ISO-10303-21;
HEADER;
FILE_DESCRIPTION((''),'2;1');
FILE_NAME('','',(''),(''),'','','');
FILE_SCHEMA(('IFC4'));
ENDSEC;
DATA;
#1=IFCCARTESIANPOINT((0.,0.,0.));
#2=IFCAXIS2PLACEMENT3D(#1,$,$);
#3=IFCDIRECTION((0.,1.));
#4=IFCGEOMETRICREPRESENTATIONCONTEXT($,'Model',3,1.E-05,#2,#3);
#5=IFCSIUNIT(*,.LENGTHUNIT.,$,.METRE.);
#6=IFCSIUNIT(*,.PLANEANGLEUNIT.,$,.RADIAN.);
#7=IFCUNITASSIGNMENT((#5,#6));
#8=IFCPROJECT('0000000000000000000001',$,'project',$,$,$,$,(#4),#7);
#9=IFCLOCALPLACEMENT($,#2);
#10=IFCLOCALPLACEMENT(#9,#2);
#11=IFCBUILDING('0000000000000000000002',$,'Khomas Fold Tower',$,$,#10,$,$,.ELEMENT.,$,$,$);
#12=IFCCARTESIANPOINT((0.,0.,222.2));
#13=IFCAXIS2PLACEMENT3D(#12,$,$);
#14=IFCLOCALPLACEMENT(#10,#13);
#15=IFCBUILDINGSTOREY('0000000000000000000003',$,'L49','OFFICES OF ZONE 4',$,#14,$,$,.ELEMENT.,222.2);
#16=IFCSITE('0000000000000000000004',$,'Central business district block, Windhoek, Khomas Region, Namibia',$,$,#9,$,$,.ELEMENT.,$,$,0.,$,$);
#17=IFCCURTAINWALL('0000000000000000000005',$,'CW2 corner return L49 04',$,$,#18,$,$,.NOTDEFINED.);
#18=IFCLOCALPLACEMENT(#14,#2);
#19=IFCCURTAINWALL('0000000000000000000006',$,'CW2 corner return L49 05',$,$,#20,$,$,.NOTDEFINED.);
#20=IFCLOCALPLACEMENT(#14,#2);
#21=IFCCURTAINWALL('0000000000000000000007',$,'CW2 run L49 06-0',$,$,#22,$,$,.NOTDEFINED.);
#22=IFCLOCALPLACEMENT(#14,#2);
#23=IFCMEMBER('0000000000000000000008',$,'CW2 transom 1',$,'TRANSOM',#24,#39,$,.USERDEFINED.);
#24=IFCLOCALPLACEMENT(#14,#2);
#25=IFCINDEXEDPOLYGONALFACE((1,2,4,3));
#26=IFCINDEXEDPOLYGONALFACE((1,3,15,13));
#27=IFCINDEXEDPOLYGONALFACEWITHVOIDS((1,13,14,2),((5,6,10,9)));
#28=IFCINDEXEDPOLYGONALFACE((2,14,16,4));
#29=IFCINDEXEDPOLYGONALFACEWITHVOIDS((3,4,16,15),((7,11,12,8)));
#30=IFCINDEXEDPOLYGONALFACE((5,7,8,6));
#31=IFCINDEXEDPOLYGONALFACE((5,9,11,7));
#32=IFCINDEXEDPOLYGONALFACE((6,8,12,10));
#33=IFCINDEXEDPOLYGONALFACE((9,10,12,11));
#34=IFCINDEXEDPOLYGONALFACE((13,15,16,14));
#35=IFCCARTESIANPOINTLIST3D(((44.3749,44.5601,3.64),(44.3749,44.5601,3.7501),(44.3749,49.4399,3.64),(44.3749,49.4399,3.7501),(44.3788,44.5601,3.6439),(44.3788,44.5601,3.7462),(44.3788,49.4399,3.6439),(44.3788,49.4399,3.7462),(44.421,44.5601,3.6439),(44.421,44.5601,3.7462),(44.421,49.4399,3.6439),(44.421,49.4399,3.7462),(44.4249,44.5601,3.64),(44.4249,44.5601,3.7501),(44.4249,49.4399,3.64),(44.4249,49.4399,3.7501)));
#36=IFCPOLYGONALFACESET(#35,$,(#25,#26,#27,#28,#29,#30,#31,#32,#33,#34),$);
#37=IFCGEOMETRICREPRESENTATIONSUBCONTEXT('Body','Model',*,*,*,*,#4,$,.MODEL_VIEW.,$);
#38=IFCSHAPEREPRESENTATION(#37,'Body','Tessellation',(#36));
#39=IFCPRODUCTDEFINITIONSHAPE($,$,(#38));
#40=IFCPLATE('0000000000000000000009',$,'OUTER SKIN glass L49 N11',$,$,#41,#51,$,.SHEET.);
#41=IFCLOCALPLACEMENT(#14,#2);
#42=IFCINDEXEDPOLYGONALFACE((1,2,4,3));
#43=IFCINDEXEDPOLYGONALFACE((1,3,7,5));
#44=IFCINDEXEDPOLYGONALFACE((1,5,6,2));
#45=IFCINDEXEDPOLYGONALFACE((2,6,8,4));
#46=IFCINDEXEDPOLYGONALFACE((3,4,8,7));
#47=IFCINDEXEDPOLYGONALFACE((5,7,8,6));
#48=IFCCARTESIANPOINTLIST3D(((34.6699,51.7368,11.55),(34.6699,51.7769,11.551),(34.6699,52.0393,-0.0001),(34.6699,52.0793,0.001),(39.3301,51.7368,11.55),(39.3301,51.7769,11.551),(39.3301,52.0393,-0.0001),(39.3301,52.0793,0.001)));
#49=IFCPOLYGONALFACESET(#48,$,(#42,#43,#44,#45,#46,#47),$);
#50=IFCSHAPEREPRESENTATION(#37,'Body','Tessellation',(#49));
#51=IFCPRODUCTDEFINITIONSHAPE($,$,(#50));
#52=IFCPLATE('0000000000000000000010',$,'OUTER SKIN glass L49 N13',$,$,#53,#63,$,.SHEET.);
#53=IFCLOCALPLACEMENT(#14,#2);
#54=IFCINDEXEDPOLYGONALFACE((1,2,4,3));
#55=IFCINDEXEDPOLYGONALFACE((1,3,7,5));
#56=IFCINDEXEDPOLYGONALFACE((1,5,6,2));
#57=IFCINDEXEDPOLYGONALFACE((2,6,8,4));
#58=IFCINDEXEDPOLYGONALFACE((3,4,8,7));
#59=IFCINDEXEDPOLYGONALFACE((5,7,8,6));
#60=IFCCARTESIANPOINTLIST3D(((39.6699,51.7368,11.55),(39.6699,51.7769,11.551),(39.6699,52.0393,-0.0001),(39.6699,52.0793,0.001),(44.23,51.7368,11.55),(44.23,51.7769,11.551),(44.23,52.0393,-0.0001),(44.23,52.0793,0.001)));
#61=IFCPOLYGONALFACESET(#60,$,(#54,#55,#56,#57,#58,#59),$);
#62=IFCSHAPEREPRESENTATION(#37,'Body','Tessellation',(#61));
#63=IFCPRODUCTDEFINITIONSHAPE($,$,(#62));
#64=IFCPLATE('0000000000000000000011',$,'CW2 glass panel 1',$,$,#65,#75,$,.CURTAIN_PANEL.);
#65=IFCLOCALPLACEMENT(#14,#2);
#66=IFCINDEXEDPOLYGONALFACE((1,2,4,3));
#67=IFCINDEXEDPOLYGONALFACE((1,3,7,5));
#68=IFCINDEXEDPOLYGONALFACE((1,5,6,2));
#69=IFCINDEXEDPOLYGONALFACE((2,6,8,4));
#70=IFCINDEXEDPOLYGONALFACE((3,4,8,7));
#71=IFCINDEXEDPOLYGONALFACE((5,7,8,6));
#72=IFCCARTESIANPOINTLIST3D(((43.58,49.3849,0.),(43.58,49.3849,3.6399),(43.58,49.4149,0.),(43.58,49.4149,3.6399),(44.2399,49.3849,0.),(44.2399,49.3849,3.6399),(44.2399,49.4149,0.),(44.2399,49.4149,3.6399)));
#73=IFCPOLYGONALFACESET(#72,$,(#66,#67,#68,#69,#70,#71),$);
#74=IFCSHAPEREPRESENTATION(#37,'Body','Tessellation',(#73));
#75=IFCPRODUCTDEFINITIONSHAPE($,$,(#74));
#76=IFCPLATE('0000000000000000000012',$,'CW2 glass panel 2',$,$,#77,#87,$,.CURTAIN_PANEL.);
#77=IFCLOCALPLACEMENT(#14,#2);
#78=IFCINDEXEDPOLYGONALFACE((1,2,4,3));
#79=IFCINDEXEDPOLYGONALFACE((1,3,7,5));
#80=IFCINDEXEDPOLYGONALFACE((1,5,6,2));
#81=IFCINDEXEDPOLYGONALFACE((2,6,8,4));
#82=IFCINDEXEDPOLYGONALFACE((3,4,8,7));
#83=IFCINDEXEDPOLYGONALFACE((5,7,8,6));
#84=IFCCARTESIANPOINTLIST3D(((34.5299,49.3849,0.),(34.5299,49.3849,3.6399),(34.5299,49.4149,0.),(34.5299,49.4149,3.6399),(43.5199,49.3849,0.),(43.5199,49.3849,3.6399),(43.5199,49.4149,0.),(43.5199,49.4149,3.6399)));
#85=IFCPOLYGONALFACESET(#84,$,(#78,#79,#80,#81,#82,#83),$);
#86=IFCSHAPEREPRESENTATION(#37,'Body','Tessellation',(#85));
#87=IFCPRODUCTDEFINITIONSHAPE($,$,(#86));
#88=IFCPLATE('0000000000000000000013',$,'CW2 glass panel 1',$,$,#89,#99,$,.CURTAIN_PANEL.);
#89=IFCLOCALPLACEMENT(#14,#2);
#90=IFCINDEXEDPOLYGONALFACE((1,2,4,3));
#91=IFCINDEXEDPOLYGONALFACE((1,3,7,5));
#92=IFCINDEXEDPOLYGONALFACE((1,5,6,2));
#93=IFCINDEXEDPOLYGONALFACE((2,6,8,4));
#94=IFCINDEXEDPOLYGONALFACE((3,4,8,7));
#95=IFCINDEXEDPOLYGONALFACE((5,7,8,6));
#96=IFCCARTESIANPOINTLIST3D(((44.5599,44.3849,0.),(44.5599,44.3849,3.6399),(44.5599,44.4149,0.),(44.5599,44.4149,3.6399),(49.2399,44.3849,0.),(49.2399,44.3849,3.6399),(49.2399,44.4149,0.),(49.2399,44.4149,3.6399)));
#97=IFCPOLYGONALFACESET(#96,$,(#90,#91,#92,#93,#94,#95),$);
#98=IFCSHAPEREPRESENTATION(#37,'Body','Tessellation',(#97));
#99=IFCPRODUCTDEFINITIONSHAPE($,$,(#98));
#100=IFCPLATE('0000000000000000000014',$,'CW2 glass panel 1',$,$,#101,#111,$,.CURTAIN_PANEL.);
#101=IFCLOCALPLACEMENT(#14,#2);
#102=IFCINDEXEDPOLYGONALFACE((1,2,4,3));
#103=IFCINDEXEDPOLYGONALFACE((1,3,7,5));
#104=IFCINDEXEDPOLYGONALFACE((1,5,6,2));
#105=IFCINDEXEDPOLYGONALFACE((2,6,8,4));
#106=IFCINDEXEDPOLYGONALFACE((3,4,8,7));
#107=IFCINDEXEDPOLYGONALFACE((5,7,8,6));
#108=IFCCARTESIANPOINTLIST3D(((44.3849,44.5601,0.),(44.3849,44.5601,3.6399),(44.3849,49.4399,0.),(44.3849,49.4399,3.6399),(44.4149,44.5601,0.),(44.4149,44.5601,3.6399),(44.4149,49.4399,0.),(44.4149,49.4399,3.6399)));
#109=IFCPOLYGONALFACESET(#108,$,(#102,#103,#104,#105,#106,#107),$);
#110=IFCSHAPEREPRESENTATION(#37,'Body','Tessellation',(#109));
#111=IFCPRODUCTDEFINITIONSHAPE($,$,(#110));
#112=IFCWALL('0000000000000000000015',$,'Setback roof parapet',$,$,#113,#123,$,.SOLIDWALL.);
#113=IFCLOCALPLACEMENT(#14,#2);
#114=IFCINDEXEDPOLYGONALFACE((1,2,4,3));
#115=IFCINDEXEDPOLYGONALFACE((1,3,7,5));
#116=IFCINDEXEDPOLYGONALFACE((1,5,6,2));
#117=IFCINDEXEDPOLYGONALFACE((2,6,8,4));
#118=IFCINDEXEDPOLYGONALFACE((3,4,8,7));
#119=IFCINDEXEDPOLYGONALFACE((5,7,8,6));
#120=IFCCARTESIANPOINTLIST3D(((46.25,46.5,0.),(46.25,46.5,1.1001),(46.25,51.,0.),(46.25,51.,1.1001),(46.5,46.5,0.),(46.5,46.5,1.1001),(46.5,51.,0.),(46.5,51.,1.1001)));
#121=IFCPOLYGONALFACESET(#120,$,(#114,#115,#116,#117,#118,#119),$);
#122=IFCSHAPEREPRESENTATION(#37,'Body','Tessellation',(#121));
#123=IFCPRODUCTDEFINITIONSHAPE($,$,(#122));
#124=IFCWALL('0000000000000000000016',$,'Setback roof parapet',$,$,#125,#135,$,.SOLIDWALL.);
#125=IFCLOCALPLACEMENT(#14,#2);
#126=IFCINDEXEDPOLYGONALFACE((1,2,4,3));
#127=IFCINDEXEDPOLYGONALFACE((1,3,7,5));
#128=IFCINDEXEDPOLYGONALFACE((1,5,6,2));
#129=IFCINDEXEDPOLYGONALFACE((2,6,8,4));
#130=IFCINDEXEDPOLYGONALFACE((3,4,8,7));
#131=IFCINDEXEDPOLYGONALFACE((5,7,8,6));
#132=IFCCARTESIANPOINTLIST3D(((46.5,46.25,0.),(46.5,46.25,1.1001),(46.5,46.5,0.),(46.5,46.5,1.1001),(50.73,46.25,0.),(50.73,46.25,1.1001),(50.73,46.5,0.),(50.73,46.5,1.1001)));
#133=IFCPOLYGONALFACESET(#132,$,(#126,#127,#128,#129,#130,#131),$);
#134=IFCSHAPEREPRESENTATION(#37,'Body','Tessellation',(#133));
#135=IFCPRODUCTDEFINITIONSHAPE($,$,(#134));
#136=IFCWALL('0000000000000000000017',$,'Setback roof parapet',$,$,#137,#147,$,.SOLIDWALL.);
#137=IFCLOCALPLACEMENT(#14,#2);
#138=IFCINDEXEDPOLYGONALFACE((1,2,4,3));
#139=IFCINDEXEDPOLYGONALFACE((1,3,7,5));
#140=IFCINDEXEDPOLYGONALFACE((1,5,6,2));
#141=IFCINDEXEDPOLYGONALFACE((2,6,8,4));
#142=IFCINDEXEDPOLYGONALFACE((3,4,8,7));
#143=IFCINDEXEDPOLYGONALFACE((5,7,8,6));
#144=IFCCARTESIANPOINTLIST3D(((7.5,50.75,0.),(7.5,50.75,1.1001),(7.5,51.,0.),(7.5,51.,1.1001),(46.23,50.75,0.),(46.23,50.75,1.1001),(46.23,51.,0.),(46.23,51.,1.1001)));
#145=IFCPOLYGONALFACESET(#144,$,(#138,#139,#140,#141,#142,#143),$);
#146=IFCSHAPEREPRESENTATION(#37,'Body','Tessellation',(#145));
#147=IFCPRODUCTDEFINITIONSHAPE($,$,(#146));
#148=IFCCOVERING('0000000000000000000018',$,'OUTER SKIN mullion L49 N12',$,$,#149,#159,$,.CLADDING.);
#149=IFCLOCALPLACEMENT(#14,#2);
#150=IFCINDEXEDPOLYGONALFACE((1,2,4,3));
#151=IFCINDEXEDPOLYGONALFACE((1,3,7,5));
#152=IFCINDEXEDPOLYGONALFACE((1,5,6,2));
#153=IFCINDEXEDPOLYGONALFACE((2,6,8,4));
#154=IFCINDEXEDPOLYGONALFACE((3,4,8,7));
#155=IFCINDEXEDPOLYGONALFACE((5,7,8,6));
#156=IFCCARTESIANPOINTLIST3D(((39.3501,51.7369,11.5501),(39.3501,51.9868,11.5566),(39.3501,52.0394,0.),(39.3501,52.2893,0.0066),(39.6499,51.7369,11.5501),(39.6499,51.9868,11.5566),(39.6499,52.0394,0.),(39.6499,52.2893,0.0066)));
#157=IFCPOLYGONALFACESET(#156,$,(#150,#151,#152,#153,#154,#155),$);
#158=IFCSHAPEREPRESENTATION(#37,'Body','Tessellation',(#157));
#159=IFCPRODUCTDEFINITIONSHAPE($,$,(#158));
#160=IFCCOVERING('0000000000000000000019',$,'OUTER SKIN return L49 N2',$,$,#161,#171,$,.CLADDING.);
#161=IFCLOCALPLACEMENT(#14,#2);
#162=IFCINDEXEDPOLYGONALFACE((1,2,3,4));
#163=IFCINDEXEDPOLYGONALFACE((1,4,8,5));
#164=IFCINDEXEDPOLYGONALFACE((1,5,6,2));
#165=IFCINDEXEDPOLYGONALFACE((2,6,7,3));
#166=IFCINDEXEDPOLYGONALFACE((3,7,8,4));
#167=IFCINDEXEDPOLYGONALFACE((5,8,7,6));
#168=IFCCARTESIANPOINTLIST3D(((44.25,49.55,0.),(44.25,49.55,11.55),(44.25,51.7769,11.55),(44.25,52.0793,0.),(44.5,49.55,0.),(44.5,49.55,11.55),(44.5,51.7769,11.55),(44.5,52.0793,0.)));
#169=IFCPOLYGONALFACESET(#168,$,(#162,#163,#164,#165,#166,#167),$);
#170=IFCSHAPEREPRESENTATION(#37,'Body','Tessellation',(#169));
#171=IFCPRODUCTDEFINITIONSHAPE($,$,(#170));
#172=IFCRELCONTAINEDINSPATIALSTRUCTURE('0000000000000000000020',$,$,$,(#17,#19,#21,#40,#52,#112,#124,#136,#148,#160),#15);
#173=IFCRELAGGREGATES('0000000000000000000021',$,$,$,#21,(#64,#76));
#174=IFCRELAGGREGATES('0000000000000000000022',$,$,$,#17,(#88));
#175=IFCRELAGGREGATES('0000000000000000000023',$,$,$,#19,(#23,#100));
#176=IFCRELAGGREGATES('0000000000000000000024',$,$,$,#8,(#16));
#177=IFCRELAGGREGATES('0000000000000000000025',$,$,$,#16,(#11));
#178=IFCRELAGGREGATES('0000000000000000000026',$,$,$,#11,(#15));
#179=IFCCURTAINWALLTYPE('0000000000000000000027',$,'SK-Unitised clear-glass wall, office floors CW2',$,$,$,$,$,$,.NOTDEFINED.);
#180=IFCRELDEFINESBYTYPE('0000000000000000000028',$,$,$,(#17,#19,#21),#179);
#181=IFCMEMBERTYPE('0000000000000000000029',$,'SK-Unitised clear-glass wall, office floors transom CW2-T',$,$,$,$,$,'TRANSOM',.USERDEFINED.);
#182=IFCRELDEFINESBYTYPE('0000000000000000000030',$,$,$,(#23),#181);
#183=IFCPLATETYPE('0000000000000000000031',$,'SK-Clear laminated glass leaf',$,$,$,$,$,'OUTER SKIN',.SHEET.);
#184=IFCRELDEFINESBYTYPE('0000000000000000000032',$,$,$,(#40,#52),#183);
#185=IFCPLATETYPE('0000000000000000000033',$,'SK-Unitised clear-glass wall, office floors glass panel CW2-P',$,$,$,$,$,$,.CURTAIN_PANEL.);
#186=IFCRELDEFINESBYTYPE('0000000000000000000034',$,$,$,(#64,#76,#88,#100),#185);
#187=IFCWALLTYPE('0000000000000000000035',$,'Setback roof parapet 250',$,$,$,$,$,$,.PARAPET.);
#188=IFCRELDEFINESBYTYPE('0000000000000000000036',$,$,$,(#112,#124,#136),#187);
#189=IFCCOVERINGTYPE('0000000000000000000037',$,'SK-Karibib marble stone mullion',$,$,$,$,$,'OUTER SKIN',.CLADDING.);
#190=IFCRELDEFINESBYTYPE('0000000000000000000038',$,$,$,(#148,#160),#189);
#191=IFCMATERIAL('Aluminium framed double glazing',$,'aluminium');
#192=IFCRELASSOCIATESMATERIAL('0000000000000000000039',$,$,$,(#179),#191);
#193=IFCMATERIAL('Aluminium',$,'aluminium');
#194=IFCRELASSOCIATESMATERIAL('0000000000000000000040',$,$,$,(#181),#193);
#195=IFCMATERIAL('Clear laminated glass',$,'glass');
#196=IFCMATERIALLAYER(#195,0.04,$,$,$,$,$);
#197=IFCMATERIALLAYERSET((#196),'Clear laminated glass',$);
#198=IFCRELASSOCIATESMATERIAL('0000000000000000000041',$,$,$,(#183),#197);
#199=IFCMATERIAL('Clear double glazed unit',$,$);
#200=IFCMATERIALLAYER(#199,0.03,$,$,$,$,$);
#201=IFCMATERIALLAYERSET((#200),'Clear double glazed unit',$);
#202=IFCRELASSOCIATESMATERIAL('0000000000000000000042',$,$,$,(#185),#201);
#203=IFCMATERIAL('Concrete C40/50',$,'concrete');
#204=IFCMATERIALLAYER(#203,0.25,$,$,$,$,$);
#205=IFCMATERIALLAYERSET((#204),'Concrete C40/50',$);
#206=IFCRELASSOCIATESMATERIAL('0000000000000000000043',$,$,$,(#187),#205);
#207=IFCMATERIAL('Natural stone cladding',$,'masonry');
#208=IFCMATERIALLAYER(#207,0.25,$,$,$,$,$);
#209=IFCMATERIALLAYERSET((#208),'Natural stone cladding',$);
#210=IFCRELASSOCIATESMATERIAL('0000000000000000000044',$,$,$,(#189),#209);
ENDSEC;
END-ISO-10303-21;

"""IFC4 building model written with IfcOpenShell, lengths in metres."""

from ifc_helpers import new_model, si_unit, direction, frame, frame_2d, origin, origin_2d, place, context, subcontext, project, spatial, polyline, rectangle, hollow_rectangle, outline, extrude, source, transform, mapped, material, layer, layer_set, material_profile, profile_set, type_object, element, aggregate, save


model = new_model("IFC4")

# Units and contexts
model_context = context("Model", 3, precision=1e-05, world=origin(), true_north=direction((0.0, 1.0)))
body_context = subcontext(model_context, "Body", "Model", "MODEL_VIEW")
ifc_project = project(units=[si_unit("LENGTHUNIT", "METRE"), si_unit("PLANEANGLEUNIT", "RADIAN")], contexts=[model_context])

# Site, building, storey
site_placement = place(None, origin())
site = spatial("IfcSite", under=ifc_project, at=site_placement, Name="Central business district block, Windhoek, Khomas Region, Namibia", CompositionType="ELEMENT", RefElevation=0.0)
building_placement = place(site_placement, origin())
building = spatial("IfcBuilding", under=site, at=building_placement, Name="Khomas Fold Tower", CompositionType="ELEMENT")
storey_placement = place(building_placement, frame((0.0, 0.0, 222.2)))
storey = spatial("IfcBuildingStorey", under=building, at=storey_placement, Name="L49", Description="OFFICES OF ZONE 4", CompositionType="ELEMENT", Elevation=222.2)

# Shared definitions
ifc_material_1 = material(Name="Aluminium framed double glazing", Category="aluminium")
curtain_wall_type = type_object("IfcCurtainWallType", Name="SK-Unitised clear-glass wall, office floors CW2", PredefinedType="NOTDEFINED", material=ifc_material_1)

# Curtain walls
curtain_wall_1_placement = place(storey_placement, origin())
curtain_wall_1 = element("IfcCurtainWall", 1, at=curtain_wall_1_placement, inside=storey, type_object=curtain_wall_type, Name="CW2 corner return L49 04", PredefinedType="NOTDEFINED")
curtain_wall_2_placement = place(storey_placement, origin())
curtain_wall_2 = element("IfcCurtainWall", 2, at=curtain_wall_2_placement, inside=storey, type_object=curtain_wall_type, Name="CW2 corner return L49 05", PredefinedType="NOTDEFINED")
curtain_wall_3_placement = place(storey_placement, origin())
curtain_wall_3 = element("IfcCurtainWall", 3, at=curtain_wall_3_placement, inside=storey, type_object=curtain_wall_type, Name="CW2 run L49 06-0", PredefinedType="NOTDEFINED")
ifc_material_2 = material(Name="Aluminium", Category="aluminium")
ifc_material_profile_1 = material_profile(ifc_material_2, hollow_rectangle(XDim=0.05, YDim=0.1101, WallThickness=0.0039, at=origin_2d()), Name="SK-Unitised clear-glass wall, office floors transom CW2-T")
ifc_profile_set_1 = profile_set([ifc_material_profile_1], Name="Aluminium")
member_type_1 = type_object("IfcMemberType", Name="SK-Unitised clear-glass wall, office floors transom CW2-T", ElementType="TRANSOM", PredefinedType="USERDEFINED", material=ifc_profile_set_1)

# Member
shared_shape_1 = source(origin(), body_context, "Body", "SweptSolid", [
    extrude(hollow_rectangle(XDim=0.05, YDim=0.1101, WallThickness=0.0039, at=origin_2d()), origin(), (0.0, 0.0, 1.0), 4.8799),
])
member_1_placement = place(storey_placement, frame((44.3999, 44.5601, 3.6951), z_axis=(0.0, 1.0, 0.0), x_axis=(-1.0, 0.0, 0.0)))
member_1 = element("IfcMember", 4, at=member_1_placement, type_object=member_type_1, Name="CW2 transom 1", ObjectType="TRANSOM", PredefinedType="USERDEFINED", context=body_context, shape_type="MappedRepresentation", body=[
    mapped(shared_shape_1, transform((0.0, 0.0, 0.0))),
])

# Plates
ifc_material_3 = material(Name="Clear laminated glass", Category="glass")
ifc_layer_1 = layer(ifc_material_3, 0.04)
ifc_layer_set_1 = layer_set([ifc_layer_1], Name="Clear laminated glass")
plate_type_1 = type_object("IfcPlateType", Name="SK-Clear laminated glass leaf", ElementType="OUTER SKIN", PredefinedType="SHEET", material=ifc_layer_set_1)
plate_1_placement = place(storey_placement, frame((34.6699, 52.0793, 0.001), z_axis=(0.0, 0.999657, 0.026181), x_axis=(1.0, 0.0, 0.0)))
element("IfcPlate", 5, at=plate_1_placement, inside=storey, type_object=plate_type_1, Name="OUTER SKIN glass L49 N11", PredefinedType="SHEET", context=body_context, shape_type="SweptSolid", body=[
    extrude(outline(polyline([(0.0, 0.0), (4.6602, 0.0), (4.6602, -11.554), (0.0, -11.554), (0.0, 0.0)])), origin(), (0.0, 0.0, -1.0), 0.04),
])
plate_2_placement = place(storey_placement, frame((39.6699, 52.0793, 0.001), z_axis=(0.0, 0.999657, 0.026181), x_axis=(1.0, 0.0, 0.0)))
element("IfcPlate", 6, at=plate_2_placement, inside=storey, type_object=plate_type_1, Name="OUTER SKIN glass L49 N13", PredefinedType="SHEET", context=body_context, shape_type="SweptSolid", body=[
    extrude(outline(polyline([(0.0, 0.0), (4.5601, 0.0), (4.5601, -11.554), (0.0, -11.554), (0.0, 0.0)])), origin(), (0.0, 0.0, -1.0), 0.04),
])

# Plates
ifc_material_4 = material(Name="Clear double glazed unit")
ifc_layer_2 = layer(ifc_material_4, 0.03)
ifc_layer_set_2 = layer_set([ifc_layer_2], Name="Clear double glazed unit")
plate_type_2 = type_object("IfcPlateType", Name="SK-Unitised clear-glass wall, office floors glass panel CW2-P", PredefinedType="CURTAIN_PANEL", material=ifc_layer_set_2)
shared_shape_2 = source(origin(), body_context, "Body", "SweptSolid", [
    extrude(rectangle(XDim=0.6599, YDim=0.03, at=origin_2d()), origin(), (0.0, 0.0, 1.0), 3.6399),
])
plate_3_placement = place(storey_placement, frame((43.9099, 49.3999, 0.0), z_axis=(0.0, 0.0, 1.0), x_axis=(-1.0, 0.0, 0.0)))
plate_3 = element("IfcPlate", 7, at=plate_3_placement, type_object=plate_type_2, Name="CW2 glass panel 1", PredefinedType="CURTAIN_PANEL", context=body_context, shape_type="MappedRepresentation", body=[
    mapped(shared_shape_2, transform((0.0, 0.0, 0.0))),
])
shared_shape_3 = source(origin(), body_context, "Body", "SweptSolid", [
    extrude(rectangle(XDim=8.99, YDim=0.03, at=origin_2d()), origin(), (0.0, 0.0, 1.0), 3.6399),
])
plate_4_placement = place(storey_placement, frame((39.0249, 49.3999, 0.0), z_axis=(0.0, 0.0, 1.0), x_axis=(-1.0, 0.0, 0.0)))
plate_4 = element("IfcPlate", 8, at=plate_4_placement, type_object=plate_type_2, Name="CW2 glass panel 2", PredefinedType="CURTAIN_PANEL", context=body_context, shape_type="MappedRepresentation", body=[
    mapped(shared_shape_3, transform((0.0, 0.0, 0.0))),
])
aggregate(curtain_wall_3, [plate_3, plate_4])
shared_shape_4 = source(origin(), body_context, "Body", "SweptSolid", [
    extrude(rectangle(XDim=4.6799, YDim=0.03, at=origin_2d()), origin(), (0.0, 0.0, 1.0), 3.6399),
])
plate_5_placement = place(storey_placement, frame((46.8999, 44.3999, 0.0), z_axis=(0.0, 0.0, 1.0), x_axis=(-1.0, 0.0, 0.0)))
plate_5 = element("IfcPlate", 9, at=plate_5_placement, type_object=plate_type_2, Name="CW2 glass panel 1", PredefinedType="CURTAIN_PANEL", context=body_context, shape_type="MappedRepresentation", body=[
    mapped(shared_shape_4, transform((0.0, 0.0, 0.0))),
])
aggregate(curtain_wall_1, [plate_5])
shared_shape_5 = source(origin(), body_context, "Body", "SweptSolid", [
    extrude(rectangle(XDim=4.8799, YDim=0.03, at=origin_2d()), origin(), (0.0, 0.0, 1.0), 3.6399),
])
plate_6_placement = place(storey_placement, frame((44.3999, 47.0, 0.0), z_axis=(0.0, 0.0, 1.0), x_axis=(0.0, 1.0, 0.0)))
plate_6 = element("IfcPlate", 10, at=plate_6_placement, type_object=plate_type_2, Name="CW2 glass panel 1", PredefinedType="CURTAIN_PANEL", context=body_context, shape_type="MappedRepresentation", body=[
    mapped(shared_shape_5, transform((0.0, 0.0, 0.0))),
])
aggregate(curtain_wall_2, [member_1, plate_6])

# Walls
ifc_material_5 = material(Name="Concrete C40/50", Category="concrete")
ifc_layer_3 = layer(ifc_material_5, 0.25)
ifc_layer_set_3 = layer_set([ifc_layer_3], Name="Concrete C40/50")
wall_type = type_object("IfcWallType", Name="Setback roof parapet 250", PredefinedType="PARAPET", material=ifc_layer_set_3)
shared_shape_6 = source(origin(), body_context, "Body", "SweptSolid", [
    extrude(rectangle(XDim=4.5, YDim=0.25, at=frame_2d((2.25, 0.0))), origin(), (0.0, 0.0, 1.0), 1.1001),
])
wall_1_placement = place(storey_placement, frame((46.375, 46.5, 0.0), z_axis=(0.0, 0.0, 1.0), x_axis=(0.0, 1.0, 0.0)))
element("IfcWall", 11, at=wall_1_placement, inside=storey, type_object=wall_type, Name="Setback roof parapet", PredefinedType="SOLIDWALL", context=body_context, shape_type="MappedRepresentation", body=[
    mapped(shared_shape_6, transform((0.0, 0.0, 0.0))),
])
shared_shape_7 = source(origin(), body_context, "Body", "SweptSolid", [
    extrude(rectangle(XDim=4.23, YDim=0.25, at=frame_2d((2.115, 0.0))), origin(), (0.0, 0.0, 1.0), 1.1001),
])
wall_2_placement = place(storey_placement, frame((50.73, 46.375, 0.0), z_axis=(0.0, 0.0, 1.0), x_axis=(-1.0, 0.0, 0.0)))
element("IfcWall", 12, at=wall_2_placement, inside=storey, type_object=wall_type, Name="Setback roof parapet", PredefinedType="SOLIDWALL", context=body_context, shape_type="MappedRepresentation", body=[
    mapped(shared_shape_7, transform((0.0, 0.0, 0.0))),
])
shared_shape_8 = source(origin(), body_context, "Body", "SweptSolid", [
    extrude(rectangle(XDim=38.73, YDim=0.25, at=frame_2d((19.365, 0.0))), origin(), (0.0, 0.0, 1.0), 1.1001),
])
wall_3_placement = place(storey_placement, frame((46.23, 50.875, 0.0), z_axis=(0.0, 0.0, 1.0), x_axis=(-1.0, 0.0, 0.0)))
element("IfcWall", 13, at=wall_3_placement, inside=storey, type_object=wall_type, Name="Setback roof parapet", PredefinedType="SOLIDWALL", context=body_context, shape_type="MappedRepresentation", body=[
    mapped(shared_shape_8, transform((0.0, 0.0, 0.0))),
])

# Coverings
ifc_material_6 = material(Name="Natural stone cladding", Category="masonry")
ifc_layer_4 = layer(ifc_material_6, 0.25)
ifc_layer_set_4 = layer_set([ifc_layer_4], Name="Natural stone cladding")
covering_type = type_object("IfcCoveringType", Name="SK-Karibib marble stone mullion", ElementType="OUTER SKIN", PredefinedType="CLADDING", material=ifc_layer_set_4)
covering_1_placement = place(storey_placement, frame((39.3501, 52.2893, 0.0066), z_axis=(0.0, 0.999657, 0.026181), x_axis=(1.0, 0.0, 0.0)))
element("IfcCovering", 14, at=covering_1_placement, inside=storey, type_object=covering_type, Name="OUTER SKIN mullion L49 N12", PredefinedType="CLADDING", context=body_context, shape_type="SweptSolid", body=[
    extrude(outline(polyline([(0.0, 0.0), (0.2998, 0.0), (0.2998, -11.554), (0.0, -11.554), (0.0, 0.0)])), origin(), (0.0, 0.0, -1.0), 0.25),
])
covering_2_placement = place(storey_placement, frame((44.5, 49.55, 0.0), z_axis=(1.0, 0.0, 0.0), x_axis=(0.0, 1.0, 0.0)))
element("IfcCovering", 15, at=covering_2_placement, inside=storey, type_object=covering_type, Name="OUTER SKIN return L49 N2", PredefinedType="CLADDING", context=body_context, shape_type="SweptSolid", body=[
    extrude(outline(polyline([(0.0, 0.0), (2.5293, 0.0), (2.2268, 11.55), (0.0, 11.55), (0.0, 0.0)])), origin(), (0.0, 0.0, -1.0), 0.25),
])

save(model, "model.ifc")
